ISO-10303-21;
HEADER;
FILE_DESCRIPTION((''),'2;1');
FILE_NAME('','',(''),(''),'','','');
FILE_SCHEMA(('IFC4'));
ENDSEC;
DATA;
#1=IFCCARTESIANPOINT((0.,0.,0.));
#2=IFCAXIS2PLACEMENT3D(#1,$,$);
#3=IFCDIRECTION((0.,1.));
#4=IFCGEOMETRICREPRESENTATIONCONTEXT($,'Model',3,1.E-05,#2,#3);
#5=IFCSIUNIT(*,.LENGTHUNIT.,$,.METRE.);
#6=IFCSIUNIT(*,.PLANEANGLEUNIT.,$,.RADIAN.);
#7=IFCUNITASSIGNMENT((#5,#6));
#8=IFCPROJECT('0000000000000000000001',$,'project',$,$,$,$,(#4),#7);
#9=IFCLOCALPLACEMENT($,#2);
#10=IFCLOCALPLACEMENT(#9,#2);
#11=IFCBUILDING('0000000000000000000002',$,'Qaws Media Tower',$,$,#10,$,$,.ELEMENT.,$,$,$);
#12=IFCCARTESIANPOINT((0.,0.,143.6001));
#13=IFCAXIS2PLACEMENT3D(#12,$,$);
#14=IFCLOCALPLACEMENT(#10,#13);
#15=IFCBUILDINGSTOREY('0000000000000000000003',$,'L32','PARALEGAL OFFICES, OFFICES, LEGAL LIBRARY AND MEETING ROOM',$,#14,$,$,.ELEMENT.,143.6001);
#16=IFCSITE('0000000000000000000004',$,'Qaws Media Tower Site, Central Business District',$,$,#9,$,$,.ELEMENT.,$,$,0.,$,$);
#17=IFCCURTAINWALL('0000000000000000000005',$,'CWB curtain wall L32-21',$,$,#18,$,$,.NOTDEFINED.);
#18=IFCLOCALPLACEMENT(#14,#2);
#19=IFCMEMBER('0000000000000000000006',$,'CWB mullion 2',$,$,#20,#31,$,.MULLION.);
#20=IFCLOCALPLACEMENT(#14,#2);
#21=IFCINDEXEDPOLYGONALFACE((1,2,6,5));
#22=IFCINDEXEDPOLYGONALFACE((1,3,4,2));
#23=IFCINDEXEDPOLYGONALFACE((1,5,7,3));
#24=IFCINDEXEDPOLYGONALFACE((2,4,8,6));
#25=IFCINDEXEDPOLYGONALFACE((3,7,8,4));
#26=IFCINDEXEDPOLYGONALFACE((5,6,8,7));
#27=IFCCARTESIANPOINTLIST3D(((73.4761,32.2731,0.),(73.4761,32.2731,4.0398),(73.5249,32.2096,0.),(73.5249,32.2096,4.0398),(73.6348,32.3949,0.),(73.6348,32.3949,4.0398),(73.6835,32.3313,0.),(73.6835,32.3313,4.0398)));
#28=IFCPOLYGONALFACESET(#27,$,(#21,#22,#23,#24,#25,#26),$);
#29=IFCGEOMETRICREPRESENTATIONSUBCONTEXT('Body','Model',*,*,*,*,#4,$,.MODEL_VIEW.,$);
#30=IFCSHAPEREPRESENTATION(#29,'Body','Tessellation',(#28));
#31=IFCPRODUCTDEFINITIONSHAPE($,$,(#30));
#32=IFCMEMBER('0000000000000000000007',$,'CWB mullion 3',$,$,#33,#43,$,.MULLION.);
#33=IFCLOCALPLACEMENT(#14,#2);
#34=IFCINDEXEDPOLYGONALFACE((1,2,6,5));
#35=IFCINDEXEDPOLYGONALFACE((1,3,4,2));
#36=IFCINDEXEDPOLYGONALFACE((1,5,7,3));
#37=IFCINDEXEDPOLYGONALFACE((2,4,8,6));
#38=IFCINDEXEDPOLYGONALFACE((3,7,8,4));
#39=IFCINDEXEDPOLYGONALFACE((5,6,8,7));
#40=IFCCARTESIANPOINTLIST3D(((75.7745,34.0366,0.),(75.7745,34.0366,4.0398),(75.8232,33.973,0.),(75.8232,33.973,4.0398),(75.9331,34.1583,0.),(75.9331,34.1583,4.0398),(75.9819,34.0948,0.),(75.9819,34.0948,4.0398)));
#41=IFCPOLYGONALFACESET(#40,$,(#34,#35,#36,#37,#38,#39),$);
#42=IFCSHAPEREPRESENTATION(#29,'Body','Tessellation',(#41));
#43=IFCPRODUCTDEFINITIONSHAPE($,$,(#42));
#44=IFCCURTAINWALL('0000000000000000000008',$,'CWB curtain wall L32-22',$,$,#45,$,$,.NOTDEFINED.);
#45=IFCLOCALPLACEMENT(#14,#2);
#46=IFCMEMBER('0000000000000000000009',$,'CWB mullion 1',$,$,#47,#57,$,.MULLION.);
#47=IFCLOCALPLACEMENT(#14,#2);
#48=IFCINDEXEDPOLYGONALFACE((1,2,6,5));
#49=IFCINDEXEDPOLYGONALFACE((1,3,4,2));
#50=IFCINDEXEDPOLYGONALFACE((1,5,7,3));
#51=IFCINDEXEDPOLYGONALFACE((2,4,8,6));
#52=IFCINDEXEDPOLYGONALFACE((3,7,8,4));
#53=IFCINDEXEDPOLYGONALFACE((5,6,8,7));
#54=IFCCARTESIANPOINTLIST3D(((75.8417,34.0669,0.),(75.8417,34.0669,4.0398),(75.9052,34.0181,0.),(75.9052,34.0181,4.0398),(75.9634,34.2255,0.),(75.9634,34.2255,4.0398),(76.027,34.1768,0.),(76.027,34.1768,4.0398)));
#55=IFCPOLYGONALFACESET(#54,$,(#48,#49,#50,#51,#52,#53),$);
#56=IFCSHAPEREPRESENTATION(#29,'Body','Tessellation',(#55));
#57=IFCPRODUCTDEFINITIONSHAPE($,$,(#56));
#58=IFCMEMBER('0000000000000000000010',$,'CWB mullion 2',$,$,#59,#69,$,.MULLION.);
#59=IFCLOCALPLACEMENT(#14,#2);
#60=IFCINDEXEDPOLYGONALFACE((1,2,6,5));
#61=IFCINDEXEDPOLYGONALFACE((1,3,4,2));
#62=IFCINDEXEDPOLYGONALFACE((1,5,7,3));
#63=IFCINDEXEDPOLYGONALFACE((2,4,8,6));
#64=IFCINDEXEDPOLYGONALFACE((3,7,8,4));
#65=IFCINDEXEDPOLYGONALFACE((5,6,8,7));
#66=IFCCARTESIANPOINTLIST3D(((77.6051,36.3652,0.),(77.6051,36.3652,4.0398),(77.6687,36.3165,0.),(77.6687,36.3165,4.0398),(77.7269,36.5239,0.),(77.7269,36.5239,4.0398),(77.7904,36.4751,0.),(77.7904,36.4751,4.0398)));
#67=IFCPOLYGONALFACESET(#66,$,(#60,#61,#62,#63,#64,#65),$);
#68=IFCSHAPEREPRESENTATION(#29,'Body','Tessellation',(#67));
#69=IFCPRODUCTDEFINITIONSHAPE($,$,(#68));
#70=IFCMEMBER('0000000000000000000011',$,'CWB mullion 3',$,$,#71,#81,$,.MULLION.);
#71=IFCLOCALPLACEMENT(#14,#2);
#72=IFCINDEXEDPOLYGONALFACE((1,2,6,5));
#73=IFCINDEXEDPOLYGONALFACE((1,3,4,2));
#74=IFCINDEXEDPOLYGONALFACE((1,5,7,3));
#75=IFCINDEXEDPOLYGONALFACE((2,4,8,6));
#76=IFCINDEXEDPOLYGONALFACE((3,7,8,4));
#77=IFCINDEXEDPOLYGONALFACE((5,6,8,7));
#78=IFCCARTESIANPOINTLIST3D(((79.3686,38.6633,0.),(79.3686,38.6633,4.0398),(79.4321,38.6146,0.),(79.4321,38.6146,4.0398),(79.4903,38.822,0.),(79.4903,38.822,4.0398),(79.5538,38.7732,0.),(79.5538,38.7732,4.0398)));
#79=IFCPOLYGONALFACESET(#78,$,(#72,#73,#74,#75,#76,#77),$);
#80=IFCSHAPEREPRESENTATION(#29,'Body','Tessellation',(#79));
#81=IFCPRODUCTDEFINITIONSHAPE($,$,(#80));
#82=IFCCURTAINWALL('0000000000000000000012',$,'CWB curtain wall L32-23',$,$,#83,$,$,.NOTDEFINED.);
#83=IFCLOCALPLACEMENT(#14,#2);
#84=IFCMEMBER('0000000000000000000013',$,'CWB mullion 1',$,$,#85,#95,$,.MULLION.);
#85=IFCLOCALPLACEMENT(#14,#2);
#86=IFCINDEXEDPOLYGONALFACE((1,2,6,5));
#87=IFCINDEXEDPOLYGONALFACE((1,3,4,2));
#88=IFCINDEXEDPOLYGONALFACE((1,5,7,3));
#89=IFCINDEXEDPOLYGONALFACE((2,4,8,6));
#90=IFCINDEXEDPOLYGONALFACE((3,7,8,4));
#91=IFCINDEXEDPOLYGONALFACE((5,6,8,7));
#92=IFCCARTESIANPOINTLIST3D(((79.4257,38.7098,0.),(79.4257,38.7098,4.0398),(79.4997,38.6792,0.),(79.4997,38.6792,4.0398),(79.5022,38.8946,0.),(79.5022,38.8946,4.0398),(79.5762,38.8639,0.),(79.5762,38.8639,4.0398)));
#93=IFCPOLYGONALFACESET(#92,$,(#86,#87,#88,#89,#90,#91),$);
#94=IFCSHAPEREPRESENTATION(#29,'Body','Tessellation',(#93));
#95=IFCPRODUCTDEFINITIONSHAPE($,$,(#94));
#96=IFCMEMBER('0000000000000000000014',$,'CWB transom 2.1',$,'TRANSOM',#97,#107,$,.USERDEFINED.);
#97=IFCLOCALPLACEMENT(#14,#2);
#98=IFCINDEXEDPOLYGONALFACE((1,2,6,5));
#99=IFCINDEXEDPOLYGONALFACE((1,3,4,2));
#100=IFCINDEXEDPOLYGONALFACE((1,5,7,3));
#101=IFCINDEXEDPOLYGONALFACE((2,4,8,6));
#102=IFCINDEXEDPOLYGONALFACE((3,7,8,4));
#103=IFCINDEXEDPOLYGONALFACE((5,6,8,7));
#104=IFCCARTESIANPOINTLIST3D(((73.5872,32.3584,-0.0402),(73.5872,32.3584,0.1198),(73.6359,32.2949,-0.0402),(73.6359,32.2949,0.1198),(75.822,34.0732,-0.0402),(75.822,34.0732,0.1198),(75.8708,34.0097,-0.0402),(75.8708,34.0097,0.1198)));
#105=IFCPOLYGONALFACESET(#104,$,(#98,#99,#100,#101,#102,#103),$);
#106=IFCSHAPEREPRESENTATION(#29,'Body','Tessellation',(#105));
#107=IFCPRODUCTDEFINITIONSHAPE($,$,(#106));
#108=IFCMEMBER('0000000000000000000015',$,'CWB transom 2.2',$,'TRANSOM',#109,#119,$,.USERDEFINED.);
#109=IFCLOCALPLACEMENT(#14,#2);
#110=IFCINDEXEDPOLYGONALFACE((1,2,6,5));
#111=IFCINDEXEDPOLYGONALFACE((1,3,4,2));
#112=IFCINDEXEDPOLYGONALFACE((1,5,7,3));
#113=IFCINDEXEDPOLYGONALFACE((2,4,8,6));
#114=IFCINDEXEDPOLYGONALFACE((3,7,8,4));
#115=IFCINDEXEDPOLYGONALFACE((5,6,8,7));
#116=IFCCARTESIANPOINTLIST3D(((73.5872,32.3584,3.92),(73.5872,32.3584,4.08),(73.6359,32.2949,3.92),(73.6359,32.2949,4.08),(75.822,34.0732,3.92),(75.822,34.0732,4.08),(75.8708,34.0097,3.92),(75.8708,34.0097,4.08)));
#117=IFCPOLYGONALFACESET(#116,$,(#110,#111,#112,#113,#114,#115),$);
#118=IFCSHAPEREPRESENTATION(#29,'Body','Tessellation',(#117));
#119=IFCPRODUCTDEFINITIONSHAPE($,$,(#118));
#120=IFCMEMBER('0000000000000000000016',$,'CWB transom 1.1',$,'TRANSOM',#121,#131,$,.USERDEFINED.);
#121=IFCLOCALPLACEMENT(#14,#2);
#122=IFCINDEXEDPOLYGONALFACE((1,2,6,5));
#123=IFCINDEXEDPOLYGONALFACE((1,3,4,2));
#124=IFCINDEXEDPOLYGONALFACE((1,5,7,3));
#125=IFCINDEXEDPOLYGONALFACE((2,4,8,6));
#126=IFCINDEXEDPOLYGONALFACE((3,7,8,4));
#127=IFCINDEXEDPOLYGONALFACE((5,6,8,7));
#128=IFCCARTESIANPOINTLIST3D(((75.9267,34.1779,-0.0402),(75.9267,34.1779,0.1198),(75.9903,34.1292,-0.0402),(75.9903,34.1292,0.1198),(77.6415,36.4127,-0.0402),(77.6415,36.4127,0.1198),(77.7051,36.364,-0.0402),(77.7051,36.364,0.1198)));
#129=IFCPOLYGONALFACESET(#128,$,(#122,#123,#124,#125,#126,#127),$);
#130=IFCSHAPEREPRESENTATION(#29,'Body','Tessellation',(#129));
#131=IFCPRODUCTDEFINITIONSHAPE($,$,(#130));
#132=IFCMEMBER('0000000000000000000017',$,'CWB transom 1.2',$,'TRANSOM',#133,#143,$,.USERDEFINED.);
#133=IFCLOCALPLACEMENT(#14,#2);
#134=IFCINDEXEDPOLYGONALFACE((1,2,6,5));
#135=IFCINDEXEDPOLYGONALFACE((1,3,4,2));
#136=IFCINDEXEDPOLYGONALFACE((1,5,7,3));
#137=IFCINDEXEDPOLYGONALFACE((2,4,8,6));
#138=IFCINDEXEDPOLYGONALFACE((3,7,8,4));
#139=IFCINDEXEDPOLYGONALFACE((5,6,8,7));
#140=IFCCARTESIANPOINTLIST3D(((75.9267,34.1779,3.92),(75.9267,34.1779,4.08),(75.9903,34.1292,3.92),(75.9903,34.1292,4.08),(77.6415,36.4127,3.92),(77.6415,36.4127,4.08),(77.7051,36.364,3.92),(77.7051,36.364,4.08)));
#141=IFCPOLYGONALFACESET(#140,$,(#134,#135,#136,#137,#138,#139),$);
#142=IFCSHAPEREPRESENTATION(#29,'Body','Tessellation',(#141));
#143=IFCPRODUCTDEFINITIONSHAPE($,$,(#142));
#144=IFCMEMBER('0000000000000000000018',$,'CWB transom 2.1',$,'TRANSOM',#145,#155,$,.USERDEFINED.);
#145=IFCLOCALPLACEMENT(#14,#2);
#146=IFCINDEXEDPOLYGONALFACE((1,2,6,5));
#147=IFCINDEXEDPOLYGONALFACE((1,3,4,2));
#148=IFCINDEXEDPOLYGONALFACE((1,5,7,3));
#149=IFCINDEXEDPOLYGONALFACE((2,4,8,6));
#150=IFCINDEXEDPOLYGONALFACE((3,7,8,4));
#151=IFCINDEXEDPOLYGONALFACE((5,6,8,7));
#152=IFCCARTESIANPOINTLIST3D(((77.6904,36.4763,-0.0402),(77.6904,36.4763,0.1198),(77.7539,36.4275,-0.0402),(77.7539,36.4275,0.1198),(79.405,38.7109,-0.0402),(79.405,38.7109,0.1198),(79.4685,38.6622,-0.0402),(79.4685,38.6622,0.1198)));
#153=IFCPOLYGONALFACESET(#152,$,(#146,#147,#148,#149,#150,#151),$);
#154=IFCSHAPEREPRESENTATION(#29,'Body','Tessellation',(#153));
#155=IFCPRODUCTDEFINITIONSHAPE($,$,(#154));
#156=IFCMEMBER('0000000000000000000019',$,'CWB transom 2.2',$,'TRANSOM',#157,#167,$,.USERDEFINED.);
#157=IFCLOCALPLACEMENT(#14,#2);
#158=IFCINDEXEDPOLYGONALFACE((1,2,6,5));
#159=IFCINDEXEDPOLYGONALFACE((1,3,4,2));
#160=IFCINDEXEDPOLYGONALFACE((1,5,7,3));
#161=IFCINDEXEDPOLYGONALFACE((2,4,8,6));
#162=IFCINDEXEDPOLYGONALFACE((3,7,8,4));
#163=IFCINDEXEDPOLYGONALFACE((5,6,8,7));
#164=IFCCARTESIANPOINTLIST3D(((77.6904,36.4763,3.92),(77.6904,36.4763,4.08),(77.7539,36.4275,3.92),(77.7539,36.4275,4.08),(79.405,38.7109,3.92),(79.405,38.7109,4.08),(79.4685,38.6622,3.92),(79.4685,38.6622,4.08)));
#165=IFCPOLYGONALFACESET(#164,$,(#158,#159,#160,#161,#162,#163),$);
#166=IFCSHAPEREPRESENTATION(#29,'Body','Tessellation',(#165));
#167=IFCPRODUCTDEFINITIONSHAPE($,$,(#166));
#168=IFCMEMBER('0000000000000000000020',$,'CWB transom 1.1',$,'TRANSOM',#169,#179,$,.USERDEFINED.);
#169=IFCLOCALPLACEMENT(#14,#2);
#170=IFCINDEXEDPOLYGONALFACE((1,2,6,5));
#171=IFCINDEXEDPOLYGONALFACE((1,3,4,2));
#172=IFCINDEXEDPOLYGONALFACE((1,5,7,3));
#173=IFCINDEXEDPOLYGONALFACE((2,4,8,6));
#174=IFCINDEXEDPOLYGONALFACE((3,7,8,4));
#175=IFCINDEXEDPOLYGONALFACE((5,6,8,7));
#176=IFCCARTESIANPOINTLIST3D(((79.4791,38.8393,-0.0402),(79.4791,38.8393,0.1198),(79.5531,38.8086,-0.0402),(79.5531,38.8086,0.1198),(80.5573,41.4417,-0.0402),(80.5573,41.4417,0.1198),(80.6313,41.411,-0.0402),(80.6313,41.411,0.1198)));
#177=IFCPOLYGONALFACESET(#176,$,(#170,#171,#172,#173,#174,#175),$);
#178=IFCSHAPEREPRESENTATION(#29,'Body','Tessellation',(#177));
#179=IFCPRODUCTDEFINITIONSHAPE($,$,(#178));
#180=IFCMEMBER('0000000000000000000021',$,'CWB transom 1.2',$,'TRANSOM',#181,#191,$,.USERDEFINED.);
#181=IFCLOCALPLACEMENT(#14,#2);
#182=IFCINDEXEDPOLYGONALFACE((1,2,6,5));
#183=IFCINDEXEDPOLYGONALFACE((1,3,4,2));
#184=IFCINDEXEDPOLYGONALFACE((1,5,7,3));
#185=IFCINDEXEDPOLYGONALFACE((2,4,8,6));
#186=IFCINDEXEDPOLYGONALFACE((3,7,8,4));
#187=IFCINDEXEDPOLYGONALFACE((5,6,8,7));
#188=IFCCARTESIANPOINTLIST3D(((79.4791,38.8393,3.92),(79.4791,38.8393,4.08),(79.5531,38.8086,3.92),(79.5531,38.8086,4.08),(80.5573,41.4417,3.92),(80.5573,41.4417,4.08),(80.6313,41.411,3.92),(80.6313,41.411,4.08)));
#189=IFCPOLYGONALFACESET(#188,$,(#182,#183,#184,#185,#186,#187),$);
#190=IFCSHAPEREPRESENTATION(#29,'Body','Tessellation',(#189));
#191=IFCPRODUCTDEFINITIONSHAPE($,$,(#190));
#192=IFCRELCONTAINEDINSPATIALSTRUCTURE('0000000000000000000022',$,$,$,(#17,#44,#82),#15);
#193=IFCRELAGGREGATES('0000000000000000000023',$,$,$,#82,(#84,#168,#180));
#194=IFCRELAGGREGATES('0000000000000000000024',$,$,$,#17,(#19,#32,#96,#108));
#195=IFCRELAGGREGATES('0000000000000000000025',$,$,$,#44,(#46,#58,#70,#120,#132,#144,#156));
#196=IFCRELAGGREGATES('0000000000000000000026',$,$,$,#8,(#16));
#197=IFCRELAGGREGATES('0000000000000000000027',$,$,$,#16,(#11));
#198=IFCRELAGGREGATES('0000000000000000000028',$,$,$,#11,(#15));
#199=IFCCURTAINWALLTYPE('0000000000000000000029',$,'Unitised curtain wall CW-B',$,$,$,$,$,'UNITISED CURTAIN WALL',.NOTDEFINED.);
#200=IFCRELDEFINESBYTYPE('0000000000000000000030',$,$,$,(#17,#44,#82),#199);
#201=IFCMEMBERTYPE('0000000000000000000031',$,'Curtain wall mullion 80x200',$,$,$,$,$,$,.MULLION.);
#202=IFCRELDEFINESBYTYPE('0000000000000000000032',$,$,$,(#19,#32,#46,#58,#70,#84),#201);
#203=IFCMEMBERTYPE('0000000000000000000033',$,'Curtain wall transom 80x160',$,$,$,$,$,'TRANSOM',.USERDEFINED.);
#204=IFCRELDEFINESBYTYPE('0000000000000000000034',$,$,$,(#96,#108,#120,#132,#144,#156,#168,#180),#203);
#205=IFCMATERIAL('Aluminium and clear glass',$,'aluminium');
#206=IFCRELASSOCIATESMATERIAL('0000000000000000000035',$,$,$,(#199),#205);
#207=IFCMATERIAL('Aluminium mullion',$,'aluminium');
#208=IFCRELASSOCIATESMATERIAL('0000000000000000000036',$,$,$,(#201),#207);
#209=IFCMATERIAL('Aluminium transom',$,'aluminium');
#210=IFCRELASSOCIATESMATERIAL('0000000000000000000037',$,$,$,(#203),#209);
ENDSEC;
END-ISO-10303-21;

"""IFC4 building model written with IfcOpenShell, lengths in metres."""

from ifc_helpers import new_model, si_unit, direction, frame, origin, origin_2d, place, context, subcontext, project, spatial, rectangle, extrude, material, material_profile, profile_set, type_object, element, aggregate, save


model = new_model("IFC4")

# Units and contexts
model_context = context("Model", 3, precision=1e-05, world=origin(), true_north=direction((0.0, 1.0)))
body_context = subcontext(model_context, "Body", "Model", "MODEL_VIEW")
ifc_project = project(units=[si_unit("LENGTHUNIT", "METRE"), si_unit("PLANEANGLEUNIT", "RADIAN")], contexts=[model_context])

# Site, building, storey
site_placement = place(None, origin())
site = spatial("IfcSite", under=ifc_project, at=site_placement, Name="Qaws Media Tower Site, Central Business District", CompositionType="ELEMENT", RefElevation=0.0)
building_placement = place(site_placement, origin())
building = spatial("IfcBuilding", under=site, at=building_placement, Name="Qaws Media Tower", CompositionType="ELEMENT")
storey_placement = place(building_placement, frame((0.0, 0.0, 143.6001)))
storey = spatial("IfcBuildingStorey", under=building, at=storey_placement, Name="L32", Description="PARALEGAL OFFICES, OFFICES, LEGAL LIBRARY AND MEETING ROOM", CompositionType="ELEMENT", Elevation=143.6001)

# Curtain walls, members
ifc_material_1 = material(Name="Aluminium and clear glass", Category="aluminium")
curtain_wall_type = type_object("IfcCurtainWallType", Name="Unitised curtain wall CW-B", ElementType="UNITISED CURTAIN WALL", PredefinedType="NOTDEFINED", material=ifc_material_1)
curtain_wall_1_placement = place(storey_placement, origin())
curtain_wall_1 = element("IfcCurtainWall", 1, at=curtain_wall_1_placement, inside=storey, type_object=curtain_wall_type, Name="CWB curtain wall L32-21", PredefinedType="NOTDEFINED")
ifc_material_2 = material(Name="Aluminium mullion", Category="aluminium")
ifc_material_profile_1 = material_profile(ifc_material_2, rectangle(XDim=0.0801, YDim=0.2, at=origin_2d()), Name="80x200")
ifc_profile_set_1 = profile_set([ifc_material_profile_1], Name="Aluminium mullion")
member_type_1 = type_object("IfcMemberType", Name="Curtain wall mullion 80x200", PredefinedType="MULLION", material=ifc_profile_set_1)
member_1_placement = place(storey_placement, frame((73.5798, 32.3022, 0.0), z_axis=(0.0, 0.0, 1.0), x_axis=(-0.608761, 0.793353, 0.0)))
member_1 = element("IfcMember", 2, at=member_1_placement, type_object=member_type_1, Name="CWB mullion 2", PredefinedType="MULLION", context=body_context, shape_type="SweptSolid", body=[
    extrude(rectangle(XDim=0.0801, YDim=0.2, at=origin_2d()), origin(), (0.0, 0.0, 1.0), 4.0398),
])
member_2_placement = place(storey_placement, frame((75.8782, 34.0657, 0.0), z_axis=(0.0, 0.0, 1.0), x_axis=(-0.608761, 0.793353, 0.0)))
member_2 = element("IfcMember", 3, at=member_2_placement, type_object=member_type_1, Name="CWB mullion 3", PredefinedType="MULLION", context=body_context, shape_type="SweptSolid", body=[
    extrude(rectangle(XDim=0.0801, YDim=0.2, at=origin_2d()), origin(), (0.0, 0.0, 1.0), 4.0398),
])
curtain_wall_2_placement = place(storey_placement, origin())
curtain_wall_2 = element("IfcCurtainWall", 4, at=curtain_wall_2_placement, inside=storey, type_object=curtain_wall_type, Name="CWB curtain wall L32-22", PredefinedType="NOTDEFINED")
member_3_placement = place(storey_placement, frame((75.9343, 34.1218, 0.0), z_axis=(0.0, 0.0, 1.0), x_axis=(-0.793353, 0.608761, 0.0)))
member_3 = element("IfcMember", 5, at=member_3_placement, type_object=member_type_1, Name="CWB mullion 1", PredefinedType="MULLION", context=body_context, shape_type="SweptSolid", body=[
    extrude(rectangle(XDim=0.0801, YDim=0.2, at=origin_2d()), origin(), (0.0, 0.0, 1.0), 4.0398),
])
member_4_placement = place(storey_placement, frame((77.6978, 36.4202, 0.0), z_axis=(0.0, 0.0, 1.0), x_axis=(-0.793353, 0.608761, 0.0)))
member_4 = element("IfcMember", 6, at=member_4_placement, type_object=member_type_1, Name="CWB mullion 2", PredefinedType="MULLION", context=body_context, shape_type="SweptSolid", body=[
    extrude(rectangle(XDim=0.0801, YDim=0.2, at=origin_2d()), origin(), (0.0, 0.0, 1.0), 4.0398),
])
member_5_placement = place(storey_placement, frame((79.4612, 38.7183, 0.0), z_axis=(0.0, 0.0, 1.0), x_axis=(-0.793353, 0.608761, 0.0)))
member_5 = element("IfcMember", 7, at=member_5_placement, type_object=member_type_1, Name="CWB mullion 3", PredefinedType="MULLION", context=body_context, shape_type="SweptSolid", body=[
    extrude(rectangle(XDim=0.0801, YDim=0.2, at=origin_2d()), origin(), (0.0, 0.0, 1.0), 4.0398),
])

# Curtain wall, member
curtain_wall_3_placement = place(storey_placement, origin())
curtain_wall_3 = element("IfcCurtainWall", 8, at=curtain_wall_3_placement, inside=storey, type_object=curtain_wall_type, Name="CWB curtain wall L32-23", PredefinedType="NOTDEFINED")
member_6_placement = place(storey_placement, frame((79.501, 38.7869, 0.0), z_axis=(0.0, 0.0, 1.0), x_axis=(-0.92388, 0.382683, 0.0)))
member_6 = element("IfcMember", 9, at=member_6_placement, type_object=member_type_1, Name="CWB mullion 1", PredefinedType="MULLION", context=body_context, shape_type="SweptSolid", body=[
    extrude(rectangle(XDim=0.0801, YDim=0.2, at=origin_2d()), origin(), (0.0, 0.0, 1.0), 4.0398),
])

# Members
ifc_material_3 = material(Name="Aluminium transom", Category="aluminium")
ifc_material_profile_2 = material_profile(ifc_material_3, rectangle(XDim=0.0801, YDim=0.1599, at=origin_2d()), Name="80x160")
ifc_profile_set_2 = profile_set([ifc_material_profile_2], Name="Aluminium transom")
member_type_2 = type_object("IfcMemberType", Name="Curtain wall transom 80x160", ElementType="TRANSOM", PredefinedType="USERDEFINED", material=ifc_profile_set_2)
member_7_placement = place(storey_placement, frame((73.6116, 32.3267, 0.0398), z_axis=(0.793358, 0.608755, 0.0), x_axis=(-0.608755, 0.793358, 0.0)))
member_7 = element("IfcMember", 10, at=member_7_placement, type_object=member_type_2, Name="CWB transom 2.1", ObjectType="TRANSOM", PredefinedType="USERDEFINED", context=body_context, shape_type="SweptSolid", body=[
    extrude(rectangle(XDim=0.0801, YDim=0.1599, at=origin_2d()), origin(), (0.0, 0.0, 1.0), 2.8169),
])
member_8_placement = place(storey_placement, frame((73.6116, 32.3267, 4.0), z_axis=(0.793358, 0.608755, 0.0), x_axis=(-0.608755, 0.793358, 0.0)))
member_8 = element("IfcMember", 11, at=member_8_placement, type_object=member_type_2, Name="CWB transom 2.2", ObjectType="TRANSOM", PredefinedType="USERDEFINED", context=body_context, shape_type="SweptSolid", body=[
    extrude(rectangle(XDim=0.0801, YDim=0.1599, at=origin_2d()), origin(), (0.0, 0.0, 1.0), 2.8169),
])
member_9_placement = place(storey_placement, frame((75.9585, 34.1536, 0.0398), z_axis=(0.608755, 0.793358, 0.0), x_axis=(-0.793358, 0.608755, 0.0)))
member_9 = element("IfcMember", 12, at=member_9_placement, type_object=member_type_2, Name="CWB transom 1.1", ObjectType="TRANSOM", PredefinedType="USERDEFINED", context=body_context, shape_type="SweptSolid", body=[
    extrude(rectangle(XDim=0.0801, YDim=0.1599, at=origin_2d()), origin(), (0.0, 0.0, 1.0), 2.8169),
])
member_10_placement = place(storey_placement, frame((75.9585, 34.1536, 4.0), z_axis=(0.608755, 0.793358, 0.0), x_axis=(-0.793358, 0.608755, 0.0)))
member_10 = element("IfcMember", 13, at=member_10_placement, type_object=member_type_2, Name="CWB transom 1.2", ObjectType="TRANSOM", PredefinedType="USERDEFINED", context=body_context, shape_type="SweptSolid", body=[
    extrude(rectangle(XDim=0.0801, YDim=0.1599, at=origin_2d()), origin(), (0.0, 0.0, 1.0), 2.8169),
])
member_11_placement = place(storey_placement, frame((77.7222, 36.4519, 0.0398), z_axis=(0.608743, 0.793368, 0.0), x_axis=(-0.793368, 0.608743, 0.0)))
member_11 = element("IfcMember", 14, at=member_11_placement, type_object=member_type_2, Name="CWB transom 2.1", ObjectType="TRANSOM", PredefinedType="USERDEFINED", context=body_context, shape_type="SweptSolid", body=[
    extrude(rectangle(XDim=0.0801, YDim=0.1599, at=origin_2d()), origin(), (0.0, 0.0, 1.0), 2.8167),
])
member_12_placement = place(storey_placement, frame((77.7222, 36.4519, 4.0), z_axis=(0.608743, 0.793368, 0.0), x_axis=(-0.793368, 0.608743, 0.0)))
member_12 = element("IfcMember", 15, at=member_12_placement, type_object=member_type_2, Name="CWB transom 2.2", ObjectType="TRANSOM", PredefinedType="USERDEFINED", context=body_context, shape_type="SweptSolid", body=[
    extrude(rectangle(XDim=0.0801, YDim=0.1599, at=origin_2d()), origin(), (0.0, 0.0, 1.0), 2.8167),
])
member_13_placement = place(storey_placement, frame((79.5161, 38.824, 0.0398), z_axis=(0.38275, 0.923852, 0.0), x_axis=(-0.923852, 0.38275, 0.0)))
member_13 = element("IfcMember", 16, at=member_13_placement, type_object=member_type_2, Name="CWB transom 1.1", ObjectType="TRANSOM", PredefinedType="USERDEFINED", context=body_context, shape_type="SweptSolid", body=[
    extrude(rectangle(XDim=0.0801, YDim=0.1599, at=origin_2d()), origin(), (0.0, 0.0, 1.0), 2.8169),
])
member_14_placement = place(storey_placement, frame((79.5161, 38.824, 4.0), z_axis=(0.38275, 0.923852, 0.0), x_axis=(-0.923852, 0.38275, 0.0)))
member_14 = element("IfcMember", 17, at=member_14_placement, type_object=member_type_2, Name="CWB transom 1.2", ObjectType="TRANSOM", PredefinedType="USERDEFINED", context=body_context, shape_type="SweptSolid", body=[
    extrude(rectangle(XDim=0.0801, YDim=0.1599, at=origin_2d()), origin(), (0.0, 0.0, 1.0), 2.8169),
])
aggregate(curtain_wall_3, [member_6, member_13, member_14])

aggregate(curtain_wall_1, [member_1, member_2, member_7, member_8])
aggregate(curtain_wall_2, [member_3, member_4, member_5, member_9, member_10, member_11, member_12])

save(model, "model.ifc")
